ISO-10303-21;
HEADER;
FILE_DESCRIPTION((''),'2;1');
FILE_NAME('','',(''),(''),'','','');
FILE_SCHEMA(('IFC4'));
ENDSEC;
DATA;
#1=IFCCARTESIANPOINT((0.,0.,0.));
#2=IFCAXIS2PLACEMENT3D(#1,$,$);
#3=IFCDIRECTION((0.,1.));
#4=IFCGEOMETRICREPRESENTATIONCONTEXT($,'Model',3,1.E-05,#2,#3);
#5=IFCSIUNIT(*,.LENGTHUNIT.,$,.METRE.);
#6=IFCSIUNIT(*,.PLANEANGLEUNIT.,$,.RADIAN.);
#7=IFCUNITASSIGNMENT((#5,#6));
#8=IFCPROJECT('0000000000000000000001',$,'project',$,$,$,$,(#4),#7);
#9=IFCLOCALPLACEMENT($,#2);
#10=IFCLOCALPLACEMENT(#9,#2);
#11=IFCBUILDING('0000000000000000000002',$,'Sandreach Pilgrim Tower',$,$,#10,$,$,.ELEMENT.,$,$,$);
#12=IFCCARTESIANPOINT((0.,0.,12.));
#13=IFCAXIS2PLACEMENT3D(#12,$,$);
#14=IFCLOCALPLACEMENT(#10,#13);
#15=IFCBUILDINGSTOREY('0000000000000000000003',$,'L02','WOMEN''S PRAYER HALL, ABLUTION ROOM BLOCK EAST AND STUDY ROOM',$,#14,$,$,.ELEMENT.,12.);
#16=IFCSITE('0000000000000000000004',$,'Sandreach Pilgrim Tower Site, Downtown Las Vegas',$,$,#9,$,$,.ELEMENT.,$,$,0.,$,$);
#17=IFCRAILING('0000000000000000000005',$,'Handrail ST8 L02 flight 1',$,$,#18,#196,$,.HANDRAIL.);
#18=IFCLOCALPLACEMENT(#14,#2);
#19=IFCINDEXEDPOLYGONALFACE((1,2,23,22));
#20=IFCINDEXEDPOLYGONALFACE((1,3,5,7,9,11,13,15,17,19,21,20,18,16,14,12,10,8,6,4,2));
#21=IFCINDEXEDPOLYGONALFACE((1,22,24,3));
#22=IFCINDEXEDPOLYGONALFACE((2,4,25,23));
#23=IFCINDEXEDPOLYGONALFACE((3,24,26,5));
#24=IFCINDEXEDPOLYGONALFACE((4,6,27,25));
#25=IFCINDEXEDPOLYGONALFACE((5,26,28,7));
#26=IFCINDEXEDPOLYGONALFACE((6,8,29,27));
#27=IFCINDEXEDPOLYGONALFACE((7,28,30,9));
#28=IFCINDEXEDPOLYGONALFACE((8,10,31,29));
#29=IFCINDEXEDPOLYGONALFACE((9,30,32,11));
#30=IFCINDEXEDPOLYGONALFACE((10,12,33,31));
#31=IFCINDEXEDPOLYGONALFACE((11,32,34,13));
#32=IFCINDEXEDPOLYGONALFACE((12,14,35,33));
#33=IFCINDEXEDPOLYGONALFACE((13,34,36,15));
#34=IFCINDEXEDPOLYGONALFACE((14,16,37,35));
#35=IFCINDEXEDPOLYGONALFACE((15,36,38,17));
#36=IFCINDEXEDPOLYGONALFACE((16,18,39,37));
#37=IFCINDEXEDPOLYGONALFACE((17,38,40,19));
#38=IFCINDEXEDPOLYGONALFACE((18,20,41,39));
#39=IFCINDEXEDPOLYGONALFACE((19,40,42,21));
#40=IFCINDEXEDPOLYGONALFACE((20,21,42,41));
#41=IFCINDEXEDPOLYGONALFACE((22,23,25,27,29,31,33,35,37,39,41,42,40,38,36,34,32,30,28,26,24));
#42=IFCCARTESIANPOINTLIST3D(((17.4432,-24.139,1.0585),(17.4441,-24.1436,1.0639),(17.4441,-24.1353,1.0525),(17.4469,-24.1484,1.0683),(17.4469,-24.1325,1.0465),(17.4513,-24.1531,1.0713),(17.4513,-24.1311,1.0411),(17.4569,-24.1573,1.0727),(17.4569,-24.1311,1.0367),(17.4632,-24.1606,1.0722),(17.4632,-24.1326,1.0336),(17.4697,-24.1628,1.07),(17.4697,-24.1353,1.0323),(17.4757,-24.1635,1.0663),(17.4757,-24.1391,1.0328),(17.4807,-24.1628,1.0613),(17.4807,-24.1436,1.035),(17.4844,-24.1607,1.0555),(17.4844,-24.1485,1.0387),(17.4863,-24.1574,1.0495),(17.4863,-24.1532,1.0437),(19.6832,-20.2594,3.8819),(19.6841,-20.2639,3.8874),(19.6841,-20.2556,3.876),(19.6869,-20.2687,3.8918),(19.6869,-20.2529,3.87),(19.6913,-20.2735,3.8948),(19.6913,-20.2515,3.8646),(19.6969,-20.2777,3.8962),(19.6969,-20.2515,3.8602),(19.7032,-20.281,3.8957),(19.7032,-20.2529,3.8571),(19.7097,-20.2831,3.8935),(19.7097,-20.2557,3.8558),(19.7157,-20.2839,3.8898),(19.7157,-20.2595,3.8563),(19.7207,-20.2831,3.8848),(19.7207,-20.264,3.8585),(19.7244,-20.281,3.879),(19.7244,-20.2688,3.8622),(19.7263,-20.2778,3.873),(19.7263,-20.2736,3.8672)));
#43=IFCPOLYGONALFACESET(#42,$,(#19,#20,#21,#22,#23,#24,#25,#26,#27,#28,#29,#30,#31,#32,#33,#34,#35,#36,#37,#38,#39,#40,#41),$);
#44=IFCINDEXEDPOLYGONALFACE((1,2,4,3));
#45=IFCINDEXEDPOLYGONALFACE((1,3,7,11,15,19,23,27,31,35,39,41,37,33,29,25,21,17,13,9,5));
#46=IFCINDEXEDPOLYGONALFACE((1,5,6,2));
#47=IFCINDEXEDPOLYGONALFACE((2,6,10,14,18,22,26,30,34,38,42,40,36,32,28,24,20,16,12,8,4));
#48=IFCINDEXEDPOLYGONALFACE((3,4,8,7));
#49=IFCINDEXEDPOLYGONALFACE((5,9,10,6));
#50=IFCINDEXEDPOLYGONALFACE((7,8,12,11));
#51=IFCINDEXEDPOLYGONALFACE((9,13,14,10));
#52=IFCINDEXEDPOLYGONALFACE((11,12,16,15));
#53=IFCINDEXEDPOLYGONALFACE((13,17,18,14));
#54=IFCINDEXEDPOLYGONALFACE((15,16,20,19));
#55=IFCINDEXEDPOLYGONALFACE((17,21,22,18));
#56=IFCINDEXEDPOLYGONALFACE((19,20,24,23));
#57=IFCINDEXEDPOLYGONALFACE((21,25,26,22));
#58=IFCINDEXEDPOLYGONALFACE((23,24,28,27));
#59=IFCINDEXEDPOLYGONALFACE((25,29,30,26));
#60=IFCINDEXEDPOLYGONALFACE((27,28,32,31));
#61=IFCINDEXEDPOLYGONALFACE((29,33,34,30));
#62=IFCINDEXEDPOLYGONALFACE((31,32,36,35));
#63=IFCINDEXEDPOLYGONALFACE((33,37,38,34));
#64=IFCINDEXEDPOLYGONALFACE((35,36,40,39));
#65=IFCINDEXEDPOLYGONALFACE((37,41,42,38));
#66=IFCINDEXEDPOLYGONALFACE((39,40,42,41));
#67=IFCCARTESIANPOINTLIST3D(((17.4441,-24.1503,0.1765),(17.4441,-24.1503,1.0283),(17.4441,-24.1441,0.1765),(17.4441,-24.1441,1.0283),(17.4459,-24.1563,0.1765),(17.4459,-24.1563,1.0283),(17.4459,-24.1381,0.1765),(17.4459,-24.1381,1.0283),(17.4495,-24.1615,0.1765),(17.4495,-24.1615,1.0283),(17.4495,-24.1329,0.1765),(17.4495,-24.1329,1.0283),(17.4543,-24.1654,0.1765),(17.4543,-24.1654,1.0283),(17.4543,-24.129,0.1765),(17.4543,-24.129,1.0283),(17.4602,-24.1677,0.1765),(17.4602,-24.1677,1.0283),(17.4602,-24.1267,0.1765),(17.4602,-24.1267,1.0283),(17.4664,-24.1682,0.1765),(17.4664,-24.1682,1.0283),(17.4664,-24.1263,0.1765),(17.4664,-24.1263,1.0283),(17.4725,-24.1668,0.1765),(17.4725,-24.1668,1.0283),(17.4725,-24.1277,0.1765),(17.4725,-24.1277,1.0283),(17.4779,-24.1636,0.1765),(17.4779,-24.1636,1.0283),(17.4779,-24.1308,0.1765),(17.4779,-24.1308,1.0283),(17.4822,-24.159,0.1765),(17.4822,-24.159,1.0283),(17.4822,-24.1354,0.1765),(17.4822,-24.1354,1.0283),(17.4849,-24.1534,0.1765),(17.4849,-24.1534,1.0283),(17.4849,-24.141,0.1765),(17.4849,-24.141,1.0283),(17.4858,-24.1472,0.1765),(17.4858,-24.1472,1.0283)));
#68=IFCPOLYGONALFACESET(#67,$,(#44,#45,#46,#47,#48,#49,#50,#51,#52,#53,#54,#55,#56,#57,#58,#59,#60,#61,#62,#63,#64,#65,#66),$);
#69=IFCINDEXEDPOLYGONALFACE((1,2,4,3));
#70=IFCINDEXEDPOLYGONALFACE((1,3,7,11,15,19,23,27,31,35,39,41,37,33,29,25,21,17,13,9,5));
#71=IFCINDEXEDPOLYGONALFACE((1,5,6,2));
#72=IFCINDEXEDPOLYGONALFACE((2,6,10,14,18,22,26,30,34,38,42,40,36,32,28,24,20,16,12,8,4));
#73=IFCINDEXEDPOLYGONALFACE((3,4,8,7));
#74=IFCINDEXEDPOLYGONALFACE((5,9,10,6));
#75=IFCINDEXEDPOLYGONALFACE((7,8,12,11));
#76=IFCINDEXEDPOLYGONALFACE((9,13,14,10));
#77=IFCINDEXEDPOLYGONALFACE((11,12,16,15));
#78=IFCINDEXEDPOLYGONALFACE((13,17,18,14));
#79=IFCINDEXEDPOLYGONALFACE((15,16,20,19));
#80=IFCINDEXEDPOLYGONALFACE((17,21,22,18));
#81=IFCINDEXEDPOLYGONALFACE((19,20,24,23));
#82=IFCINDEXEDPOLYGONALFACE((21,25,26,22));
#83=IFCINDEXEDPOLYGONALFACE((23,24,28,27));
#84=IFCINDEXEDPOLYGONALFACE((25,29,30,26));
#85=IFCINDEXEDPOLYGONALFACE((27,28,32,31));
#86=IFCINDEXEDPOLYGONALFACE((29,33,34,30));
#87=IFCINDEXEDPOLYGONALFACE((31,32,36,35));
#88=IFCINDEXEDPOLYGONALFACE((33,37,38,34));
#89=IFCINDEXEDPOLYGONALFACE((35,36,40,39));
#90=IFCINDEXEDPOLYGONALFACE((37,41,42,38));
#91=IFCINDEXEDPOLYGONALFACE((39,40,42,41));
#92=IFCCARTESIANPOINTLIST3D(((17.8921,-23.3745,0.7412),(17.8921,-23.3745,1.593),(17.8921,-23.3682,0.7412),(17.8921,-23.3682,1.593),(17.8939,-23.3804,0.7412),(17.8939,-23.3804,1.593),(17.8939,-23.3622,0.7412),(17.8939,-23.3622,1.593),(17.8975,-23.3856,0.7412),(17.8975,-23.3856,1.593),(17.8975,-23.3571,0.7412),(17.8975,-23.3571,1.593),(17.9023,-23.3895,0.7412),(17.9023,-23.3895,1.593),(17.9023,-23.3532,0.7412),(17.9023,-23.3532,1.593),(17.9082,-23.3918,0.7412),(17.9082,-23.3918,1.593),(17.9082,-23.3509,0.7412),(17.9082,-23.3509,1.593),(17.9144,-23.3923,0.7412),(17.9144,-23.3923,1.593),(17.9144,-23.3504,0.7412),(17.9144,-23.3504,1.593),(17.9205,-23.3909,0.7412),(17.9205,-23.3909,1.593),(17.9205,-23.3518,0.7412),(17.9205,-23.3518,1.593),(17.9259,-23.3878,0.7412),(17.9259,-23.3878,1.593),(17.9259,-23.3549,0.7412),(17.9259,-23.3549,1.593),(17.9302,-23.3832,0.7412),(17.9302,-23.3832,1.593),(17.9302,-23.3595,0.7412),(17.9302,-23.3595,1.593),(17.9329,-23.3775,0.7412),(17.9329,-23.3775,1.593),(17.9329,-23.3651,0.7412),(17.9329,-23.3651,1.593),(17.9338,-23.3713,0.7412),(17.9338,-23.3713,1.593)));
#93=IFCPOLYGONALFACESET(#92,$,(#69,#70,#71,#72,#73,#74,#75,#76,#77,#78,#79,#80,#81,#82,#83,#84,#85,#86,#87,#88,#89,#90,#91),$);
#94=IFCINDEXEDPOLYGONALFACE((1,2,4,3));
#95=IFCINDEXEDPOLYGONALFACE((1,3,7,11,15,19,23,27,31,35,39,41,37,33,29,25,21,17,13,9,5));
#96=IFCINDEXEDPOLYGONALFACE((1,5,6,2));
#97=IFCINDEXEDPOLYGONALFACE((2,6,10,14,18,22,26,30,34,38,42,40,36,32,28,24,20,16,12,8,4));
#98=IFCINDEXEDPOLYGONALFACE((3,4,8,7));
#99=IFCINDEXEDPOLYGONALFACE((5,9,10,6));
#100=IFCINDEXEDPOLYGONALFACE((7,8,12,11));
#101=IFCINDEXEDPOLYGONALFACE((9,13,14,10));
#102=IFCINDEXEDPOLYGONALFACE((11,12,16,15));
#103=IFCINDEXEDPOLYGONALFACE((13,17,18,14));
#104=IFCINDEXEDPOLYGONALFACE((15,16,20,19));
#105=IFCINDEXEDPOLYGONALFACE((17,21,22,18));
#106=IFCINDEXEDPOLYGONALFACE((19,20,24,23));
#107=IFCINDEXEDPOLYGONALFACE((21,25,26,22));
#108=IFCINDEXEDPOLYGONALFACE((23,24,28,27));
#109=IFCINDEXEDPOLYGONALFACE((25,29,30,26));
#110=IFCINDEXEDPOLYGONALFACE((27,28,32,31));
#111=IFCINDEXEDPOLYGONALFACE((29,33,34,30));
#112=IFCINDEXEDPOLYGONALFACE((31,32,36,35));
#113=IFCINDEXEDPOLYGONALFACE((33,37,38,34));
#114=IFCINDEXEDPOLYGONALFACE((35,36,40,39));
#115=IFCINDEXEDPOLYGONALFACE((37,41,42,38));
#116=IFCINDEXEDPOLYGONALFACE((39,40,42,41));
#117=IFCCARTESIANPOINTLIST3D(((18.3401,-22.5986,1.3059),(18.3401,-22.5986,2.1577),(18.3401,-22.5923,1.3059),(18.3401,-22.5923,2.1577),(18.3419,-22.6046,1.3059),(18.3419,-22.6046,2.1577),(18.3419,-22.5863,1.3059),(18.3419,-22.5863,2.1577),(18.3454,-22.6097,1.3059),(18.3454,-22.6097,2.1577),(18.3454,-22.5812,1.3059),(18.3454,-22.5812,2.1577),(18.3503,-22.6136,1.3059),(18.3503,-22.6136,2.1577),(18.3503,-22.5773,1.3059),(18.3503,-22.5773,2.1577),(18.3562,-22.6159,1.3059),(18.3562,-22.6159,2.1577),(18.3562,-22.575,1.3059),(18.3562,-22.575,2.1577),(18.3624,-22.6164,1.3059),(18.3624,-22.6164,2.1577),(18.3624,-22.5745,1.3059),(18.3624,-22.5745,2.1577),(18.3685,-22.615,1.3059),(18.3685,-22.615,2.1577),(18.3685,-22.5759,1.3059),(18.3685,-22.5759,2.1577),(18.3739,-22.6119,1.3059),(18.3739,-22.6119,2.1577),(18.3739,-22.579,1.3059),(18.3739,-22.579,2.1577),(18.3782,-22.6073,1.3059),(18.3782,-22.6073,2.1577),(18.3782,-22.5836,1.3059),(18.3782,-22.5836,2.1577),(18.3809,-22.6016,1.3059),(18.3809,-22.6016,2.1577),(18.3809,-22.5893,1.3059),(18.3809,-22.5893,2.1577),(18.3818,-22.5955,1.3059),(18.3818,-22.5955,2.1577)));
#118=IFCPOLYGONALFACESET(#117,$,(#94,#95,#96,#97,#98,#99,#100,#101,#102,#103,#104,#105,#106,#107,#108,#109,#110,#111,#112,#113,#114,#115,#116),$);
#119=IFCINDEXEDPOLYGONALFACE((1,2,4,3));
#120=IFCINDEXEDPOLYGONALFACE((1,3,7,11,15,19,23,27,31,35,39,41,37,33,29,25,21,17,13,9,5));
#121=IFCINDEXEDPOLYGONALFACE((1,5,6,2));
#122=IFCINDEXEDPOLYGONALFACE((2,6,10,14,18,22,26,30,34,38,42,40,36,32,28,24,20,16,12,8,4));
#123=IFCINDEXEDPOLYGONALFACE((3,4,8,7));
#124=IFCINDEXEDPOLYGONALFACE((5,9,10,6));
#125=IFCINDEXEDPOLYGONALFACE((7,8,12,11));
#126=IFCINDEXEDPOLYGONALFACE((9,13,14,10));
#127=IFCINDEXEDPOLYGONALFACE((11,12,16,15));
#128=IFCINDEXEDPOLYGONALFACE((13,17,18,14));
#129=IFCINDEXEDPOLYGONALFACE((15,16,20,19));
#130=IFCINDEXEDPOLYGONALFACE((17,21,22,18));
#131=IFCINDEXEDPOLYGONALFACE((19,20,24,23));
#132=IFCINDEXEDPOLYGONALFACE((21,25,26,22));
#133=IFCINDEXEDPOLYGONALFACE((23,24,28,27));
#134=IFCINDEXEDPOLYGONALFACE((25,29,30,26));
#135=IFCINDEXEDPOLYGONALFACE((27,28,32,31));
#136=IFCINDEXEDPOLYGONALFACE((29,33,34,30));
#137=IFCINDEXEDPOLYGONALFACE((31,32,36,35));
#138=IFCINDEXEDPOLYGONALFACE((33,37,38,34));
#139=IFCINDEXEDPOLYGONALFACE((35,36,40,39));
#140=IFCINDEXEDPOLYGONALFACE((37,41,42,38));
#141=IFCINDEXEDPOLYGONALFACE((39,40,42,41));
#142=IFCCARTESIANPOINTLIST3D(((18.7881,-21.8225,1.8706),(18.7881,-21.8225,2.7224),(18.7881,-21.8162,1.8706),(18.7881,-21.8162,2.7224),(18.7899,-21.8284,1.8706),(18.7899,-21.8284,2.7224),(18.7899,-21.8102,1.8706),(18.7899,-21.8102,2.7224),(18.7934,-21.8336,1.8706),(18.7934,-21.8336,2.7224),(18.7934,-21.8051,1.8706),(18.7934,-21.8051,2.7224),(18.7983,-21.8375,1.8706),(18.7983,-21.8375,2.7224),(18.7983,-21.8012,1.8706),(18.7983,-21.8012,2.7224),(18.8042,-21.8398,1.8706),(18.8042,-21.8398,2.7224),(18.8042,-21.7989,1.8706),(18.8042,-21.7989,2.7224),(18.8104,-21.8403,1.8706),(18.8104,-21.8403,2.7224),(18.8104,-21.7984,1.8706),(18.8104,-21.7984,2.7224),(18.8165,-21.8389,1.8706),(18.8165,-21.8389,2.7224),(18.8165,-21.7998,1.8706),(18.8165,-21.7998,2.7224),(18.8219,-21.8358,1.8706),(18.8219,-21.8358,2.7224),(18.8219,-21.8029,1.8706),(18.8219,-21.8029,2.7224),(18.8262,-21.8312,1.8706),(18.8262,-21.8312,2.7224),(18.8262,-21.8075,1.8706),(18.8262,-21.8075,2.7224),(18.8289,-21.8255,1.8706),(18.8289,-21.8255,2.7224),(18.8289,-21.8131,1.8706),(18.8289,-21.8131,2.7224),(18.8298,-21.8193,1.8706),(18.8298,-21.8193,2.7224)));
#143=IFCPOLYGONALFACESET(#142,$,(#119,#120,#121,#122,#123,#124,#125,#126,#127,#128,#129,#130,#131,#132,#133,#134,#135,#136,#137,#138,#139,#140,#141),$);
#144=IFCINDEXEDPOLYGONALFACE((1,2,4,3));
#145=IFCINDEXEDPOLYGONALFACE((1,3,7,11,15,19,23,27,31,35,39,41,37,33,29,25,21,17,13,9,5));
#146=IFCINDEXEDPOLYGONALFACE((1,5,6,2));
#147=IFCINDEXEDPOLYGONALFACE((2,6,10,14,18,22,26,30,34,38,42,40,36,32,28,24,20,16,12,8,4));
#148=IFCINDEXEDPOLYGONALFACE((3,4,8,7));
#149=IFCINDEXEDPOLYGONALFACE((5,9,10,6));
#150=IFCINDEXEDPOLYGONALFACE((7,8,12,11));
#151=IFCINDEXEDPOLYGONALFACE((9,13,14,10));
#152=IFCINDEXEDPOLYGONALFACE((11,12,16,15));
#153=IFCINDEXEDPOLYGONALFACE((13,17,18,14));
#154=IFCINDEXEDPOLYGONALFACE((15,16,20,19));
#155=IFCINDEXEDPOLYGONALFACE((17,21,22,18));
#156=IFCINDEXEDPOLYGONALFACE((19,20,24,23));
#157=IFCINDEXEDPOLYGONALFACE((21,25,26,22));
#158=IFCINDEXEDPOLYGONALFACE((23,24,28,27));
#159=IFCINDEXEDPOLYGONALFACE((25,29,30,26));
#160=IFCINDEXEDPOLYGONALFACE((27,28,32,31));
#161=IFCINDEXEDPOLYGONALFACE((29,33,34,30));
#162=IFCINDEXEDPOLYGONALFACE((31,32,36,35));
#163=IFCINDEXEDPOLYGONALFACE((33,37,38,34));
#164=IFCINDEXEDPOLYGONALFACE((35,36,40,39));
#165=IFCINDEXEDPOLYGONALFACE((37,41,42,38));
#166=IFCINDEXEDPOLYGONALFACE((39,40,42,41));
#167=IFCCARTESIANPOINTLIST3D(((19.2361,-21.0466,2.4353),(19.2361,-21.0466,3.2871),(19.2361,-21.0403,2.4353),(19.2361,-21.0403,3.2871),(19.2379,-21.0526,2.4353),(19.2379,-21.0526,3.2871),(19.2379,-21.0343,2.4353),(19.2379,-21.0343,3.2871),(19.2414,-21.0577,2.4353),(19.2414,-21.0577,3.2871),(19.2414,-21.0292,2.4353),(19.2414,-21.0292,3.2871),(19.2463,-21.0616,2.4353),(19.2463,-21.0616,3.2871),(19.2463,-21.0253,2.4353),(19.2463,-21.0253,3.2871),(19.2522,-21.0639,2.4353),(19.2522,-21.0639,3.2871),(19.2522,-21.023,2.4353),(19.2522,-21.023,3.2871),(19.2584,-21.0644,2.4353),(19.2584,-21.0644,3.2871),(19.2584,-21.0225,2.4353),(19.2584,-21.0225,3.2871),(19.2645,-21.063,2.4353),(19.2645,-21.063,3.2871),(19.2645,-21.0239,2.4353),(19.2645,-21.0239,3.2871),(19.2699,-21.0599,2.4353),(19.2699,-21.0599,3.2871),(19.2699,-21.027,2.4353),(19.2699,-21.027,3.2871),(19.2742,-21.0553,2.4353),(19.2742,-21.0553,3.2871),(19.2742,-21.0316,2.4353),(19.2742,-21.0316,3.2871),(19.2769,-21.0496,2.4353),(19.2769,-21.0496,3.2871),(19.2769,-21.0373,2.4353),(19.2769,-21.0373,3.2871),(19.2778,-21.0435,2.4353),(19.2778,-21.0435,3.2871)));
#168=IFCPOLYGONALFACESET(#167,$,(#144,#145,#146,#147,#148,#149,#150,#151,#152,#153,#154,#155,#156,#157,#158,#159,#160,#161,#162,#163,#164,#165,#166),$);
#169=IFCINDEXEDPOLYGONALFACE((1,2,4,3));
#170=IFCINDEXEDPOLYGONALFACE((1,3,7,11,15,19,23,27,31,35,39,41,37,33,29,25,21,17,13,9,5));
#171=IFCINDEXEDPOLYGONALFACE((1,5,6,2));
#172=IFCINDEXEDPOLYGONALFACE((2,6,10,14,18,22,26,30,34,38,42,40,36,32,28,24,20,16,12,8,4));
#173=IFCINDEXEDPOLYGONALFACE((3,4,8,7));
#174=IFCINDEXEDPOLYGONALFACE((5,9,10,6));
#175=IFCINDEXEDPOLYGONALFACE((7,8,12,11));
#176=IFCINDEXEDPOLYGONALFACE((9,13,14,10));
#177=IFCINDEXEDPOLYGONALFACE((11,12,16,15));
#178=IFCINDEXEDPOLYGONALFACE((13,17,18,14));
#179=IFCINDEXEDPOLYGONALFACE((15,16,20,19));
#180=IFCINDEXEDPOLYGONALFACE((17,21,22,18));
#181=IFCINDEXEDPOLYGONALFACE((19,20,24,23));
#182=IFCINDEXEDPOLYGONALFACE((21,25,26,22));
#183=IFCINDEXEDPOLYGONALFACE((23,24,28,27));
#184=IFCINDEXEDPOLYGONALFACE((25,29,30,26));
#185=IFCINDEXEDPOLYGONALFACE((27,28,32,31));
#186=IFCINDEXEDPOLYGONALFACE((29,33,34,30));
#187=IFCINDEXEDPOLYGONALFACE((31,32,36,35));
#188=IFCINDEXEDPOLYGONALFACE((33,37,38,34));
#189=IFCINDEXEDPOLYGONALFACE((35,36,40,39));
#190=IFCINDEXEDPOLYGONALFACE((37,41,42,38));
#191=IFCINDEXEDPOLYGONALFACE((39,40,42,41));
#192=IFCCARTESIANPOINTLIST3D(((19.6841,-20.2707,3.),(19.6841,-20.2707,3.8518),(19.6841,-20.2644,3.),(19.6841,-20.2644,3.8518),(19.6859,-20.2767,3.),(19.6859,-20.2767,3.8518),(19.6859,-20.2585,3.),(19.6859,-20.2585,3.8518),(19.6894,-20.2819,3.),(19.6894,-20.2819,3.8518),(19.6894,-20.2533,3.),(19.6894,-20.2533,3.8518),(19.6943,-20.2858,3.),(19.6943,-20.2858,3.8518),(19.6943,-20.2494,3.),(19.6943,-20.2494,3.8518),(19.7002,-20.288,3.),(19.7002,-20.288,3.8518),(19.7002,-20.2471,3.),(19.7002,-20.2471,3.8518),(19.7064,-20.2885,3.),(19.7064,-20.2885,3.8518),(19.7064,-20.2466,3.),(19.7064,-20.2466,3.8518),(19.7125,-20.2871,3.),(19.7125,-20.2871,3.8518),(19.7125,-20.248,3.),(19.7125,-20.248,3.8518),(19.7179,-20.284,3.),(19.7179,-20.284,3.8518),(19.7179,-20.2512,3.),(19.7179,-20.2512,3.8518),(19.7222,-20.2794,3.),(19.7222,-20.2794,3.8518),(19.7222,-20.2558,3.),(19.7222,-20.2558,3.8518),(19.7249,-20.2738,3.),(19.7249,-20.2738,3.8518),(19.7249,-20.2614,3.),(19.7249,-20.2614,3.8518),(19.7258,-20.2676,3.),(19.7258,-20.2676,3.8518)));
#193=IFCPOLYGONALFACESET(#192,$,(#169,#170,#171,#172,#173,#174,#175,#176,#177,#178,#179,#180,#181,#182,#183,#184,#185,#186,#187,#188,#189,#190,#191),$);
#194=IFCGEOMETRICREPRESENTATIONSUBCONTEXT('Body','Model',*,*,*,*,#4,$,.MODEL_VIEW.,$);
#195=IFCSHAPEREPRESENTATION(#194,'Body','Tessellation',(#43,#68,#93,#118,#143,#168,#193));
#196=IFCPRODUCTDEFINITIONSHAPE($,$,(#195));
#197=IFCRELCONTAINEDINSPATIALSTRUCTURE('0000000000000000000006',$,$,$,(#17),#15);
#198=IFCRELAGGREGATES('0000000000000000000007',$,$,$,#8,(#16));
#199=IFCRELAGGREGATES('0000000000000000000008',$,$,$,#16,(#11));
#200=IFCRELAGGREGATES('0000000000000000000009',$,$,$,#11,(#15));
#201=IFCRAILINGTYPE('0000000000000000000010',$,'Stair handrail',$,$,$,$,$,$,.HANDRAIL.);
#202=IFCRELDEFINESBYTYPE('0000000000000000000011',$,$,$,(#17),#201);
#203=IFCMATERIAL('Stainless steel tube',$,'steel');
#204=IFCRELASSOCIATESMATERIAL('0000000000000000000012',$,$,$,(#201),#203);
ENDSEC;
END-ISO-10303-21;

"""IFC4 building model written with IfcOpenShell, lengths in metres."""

from ifc_helpers import new_model, si_unit, direction, frame, origin, origin_2d, place, context, subcontext, project, spatial, circle, extrude, material, type_object, element, save


model = new_model("IFC4")

# Units and contexts
model_context = context("Model", 3, precision=1e-05, world=origin(), true_north=direction((0.0, 1.0)))
body_context = subcontext(model_context, "Body", "Model", "MODEL_VIEW")
ifc_project = project(units=[si_unit("LENGTHUNIT", "METRE"), si_unit("PLANEANGLEUNIT", "RADIAN")], contexts=[model_context])

# Site, building, storey
site_placement = place(None, origin())
site = spatial("IfcSite", under=ifc_project, at=site_placement, Name="Sandreach Pilgrim Tower Site, Downtown Las Vegas", CompositionType="ELEMENT", RefElevation=0.0)
building_placement = place(site_placement, origin())
building = spatial("IfcBuilding", under=site, at=building_placement, Name="Sandreach Pilgrim Tower", CompositionType="ELEMENT")
storey_placement = place(building_placement, frame((0.0, 0.0, 12.0)))
storey = spatial("IfcBuildingStorey", under=building, at=storey_placement, Name="L02", Description="WOMEN'S PRAYER HALL, ABLUTION ROOM BLOCK EAST AND STUDY ROOM", CompositionType="ELEMENT", Elevation=12.0)

# Railing
ifc_material_1 = material(Name="Stainless steel tube", Category="steel")
railing_type = type_object("IfcRailingType", Name="Stair handrail", PredefinedType="HANDRAIL", material=ifc_material_1)
railing_1_placement = place(storey_placement, frame((17.4648, -24.1472, 0.1765)))
element("IfcRailing", 1, at=railing_1_placement, inside=storey, type_object=railing_type, Name="Handrail ST8 L02 flight 1", PredefinedType="HANDRAIL", context=body_context, shape_type="SweptSolid", body=[
    extrude(circle(Radius=0.0239, at=origin_2d()), frame((0.0, 0.0, 0.876), z_axis=(0.423007, 0.732644, 0.533196), x_axis=(-0.866018, 0.500013, 0.0)), (0.0, 0.0, 1.0), 5.2954),
    extrude(circle(Radius=0.021, at=origin_2d()), origin(), (0.0, 0.0, 1.0), 0.8518),
    extrude(circle(Radius=0.021, at=origin_2d()), frame((0.448, 0.7759, 0.5647)), (0.0, 0.0, 1.0), 0.8518),
    extrude(circle(Radius=0.021, at=origin_2d()), frame((0.896, 1.5518, 1.1294)), (0.0, 0.0, 1.0), 0.8518),
    extrude(circle(Radius=0.021, at=origin_2d()), frame((1.344, 2.3279, 1.6941)), (0.0, 0.0, 1.0), 0.8518),
    extrude(circle(Radius=0.021, at=origin_2d()), frame((1.792, 3.1038, 2.2588)), (0.0, 0.0, 1.0), 0.8518),
    extrude(circle(Radius=0.021, at=origin_2d()), frame((2.24, 3.8796, 2.8235)), (0.0, 0.0, 1.0), 0.8518),
])

save(model, "model.ifc")
